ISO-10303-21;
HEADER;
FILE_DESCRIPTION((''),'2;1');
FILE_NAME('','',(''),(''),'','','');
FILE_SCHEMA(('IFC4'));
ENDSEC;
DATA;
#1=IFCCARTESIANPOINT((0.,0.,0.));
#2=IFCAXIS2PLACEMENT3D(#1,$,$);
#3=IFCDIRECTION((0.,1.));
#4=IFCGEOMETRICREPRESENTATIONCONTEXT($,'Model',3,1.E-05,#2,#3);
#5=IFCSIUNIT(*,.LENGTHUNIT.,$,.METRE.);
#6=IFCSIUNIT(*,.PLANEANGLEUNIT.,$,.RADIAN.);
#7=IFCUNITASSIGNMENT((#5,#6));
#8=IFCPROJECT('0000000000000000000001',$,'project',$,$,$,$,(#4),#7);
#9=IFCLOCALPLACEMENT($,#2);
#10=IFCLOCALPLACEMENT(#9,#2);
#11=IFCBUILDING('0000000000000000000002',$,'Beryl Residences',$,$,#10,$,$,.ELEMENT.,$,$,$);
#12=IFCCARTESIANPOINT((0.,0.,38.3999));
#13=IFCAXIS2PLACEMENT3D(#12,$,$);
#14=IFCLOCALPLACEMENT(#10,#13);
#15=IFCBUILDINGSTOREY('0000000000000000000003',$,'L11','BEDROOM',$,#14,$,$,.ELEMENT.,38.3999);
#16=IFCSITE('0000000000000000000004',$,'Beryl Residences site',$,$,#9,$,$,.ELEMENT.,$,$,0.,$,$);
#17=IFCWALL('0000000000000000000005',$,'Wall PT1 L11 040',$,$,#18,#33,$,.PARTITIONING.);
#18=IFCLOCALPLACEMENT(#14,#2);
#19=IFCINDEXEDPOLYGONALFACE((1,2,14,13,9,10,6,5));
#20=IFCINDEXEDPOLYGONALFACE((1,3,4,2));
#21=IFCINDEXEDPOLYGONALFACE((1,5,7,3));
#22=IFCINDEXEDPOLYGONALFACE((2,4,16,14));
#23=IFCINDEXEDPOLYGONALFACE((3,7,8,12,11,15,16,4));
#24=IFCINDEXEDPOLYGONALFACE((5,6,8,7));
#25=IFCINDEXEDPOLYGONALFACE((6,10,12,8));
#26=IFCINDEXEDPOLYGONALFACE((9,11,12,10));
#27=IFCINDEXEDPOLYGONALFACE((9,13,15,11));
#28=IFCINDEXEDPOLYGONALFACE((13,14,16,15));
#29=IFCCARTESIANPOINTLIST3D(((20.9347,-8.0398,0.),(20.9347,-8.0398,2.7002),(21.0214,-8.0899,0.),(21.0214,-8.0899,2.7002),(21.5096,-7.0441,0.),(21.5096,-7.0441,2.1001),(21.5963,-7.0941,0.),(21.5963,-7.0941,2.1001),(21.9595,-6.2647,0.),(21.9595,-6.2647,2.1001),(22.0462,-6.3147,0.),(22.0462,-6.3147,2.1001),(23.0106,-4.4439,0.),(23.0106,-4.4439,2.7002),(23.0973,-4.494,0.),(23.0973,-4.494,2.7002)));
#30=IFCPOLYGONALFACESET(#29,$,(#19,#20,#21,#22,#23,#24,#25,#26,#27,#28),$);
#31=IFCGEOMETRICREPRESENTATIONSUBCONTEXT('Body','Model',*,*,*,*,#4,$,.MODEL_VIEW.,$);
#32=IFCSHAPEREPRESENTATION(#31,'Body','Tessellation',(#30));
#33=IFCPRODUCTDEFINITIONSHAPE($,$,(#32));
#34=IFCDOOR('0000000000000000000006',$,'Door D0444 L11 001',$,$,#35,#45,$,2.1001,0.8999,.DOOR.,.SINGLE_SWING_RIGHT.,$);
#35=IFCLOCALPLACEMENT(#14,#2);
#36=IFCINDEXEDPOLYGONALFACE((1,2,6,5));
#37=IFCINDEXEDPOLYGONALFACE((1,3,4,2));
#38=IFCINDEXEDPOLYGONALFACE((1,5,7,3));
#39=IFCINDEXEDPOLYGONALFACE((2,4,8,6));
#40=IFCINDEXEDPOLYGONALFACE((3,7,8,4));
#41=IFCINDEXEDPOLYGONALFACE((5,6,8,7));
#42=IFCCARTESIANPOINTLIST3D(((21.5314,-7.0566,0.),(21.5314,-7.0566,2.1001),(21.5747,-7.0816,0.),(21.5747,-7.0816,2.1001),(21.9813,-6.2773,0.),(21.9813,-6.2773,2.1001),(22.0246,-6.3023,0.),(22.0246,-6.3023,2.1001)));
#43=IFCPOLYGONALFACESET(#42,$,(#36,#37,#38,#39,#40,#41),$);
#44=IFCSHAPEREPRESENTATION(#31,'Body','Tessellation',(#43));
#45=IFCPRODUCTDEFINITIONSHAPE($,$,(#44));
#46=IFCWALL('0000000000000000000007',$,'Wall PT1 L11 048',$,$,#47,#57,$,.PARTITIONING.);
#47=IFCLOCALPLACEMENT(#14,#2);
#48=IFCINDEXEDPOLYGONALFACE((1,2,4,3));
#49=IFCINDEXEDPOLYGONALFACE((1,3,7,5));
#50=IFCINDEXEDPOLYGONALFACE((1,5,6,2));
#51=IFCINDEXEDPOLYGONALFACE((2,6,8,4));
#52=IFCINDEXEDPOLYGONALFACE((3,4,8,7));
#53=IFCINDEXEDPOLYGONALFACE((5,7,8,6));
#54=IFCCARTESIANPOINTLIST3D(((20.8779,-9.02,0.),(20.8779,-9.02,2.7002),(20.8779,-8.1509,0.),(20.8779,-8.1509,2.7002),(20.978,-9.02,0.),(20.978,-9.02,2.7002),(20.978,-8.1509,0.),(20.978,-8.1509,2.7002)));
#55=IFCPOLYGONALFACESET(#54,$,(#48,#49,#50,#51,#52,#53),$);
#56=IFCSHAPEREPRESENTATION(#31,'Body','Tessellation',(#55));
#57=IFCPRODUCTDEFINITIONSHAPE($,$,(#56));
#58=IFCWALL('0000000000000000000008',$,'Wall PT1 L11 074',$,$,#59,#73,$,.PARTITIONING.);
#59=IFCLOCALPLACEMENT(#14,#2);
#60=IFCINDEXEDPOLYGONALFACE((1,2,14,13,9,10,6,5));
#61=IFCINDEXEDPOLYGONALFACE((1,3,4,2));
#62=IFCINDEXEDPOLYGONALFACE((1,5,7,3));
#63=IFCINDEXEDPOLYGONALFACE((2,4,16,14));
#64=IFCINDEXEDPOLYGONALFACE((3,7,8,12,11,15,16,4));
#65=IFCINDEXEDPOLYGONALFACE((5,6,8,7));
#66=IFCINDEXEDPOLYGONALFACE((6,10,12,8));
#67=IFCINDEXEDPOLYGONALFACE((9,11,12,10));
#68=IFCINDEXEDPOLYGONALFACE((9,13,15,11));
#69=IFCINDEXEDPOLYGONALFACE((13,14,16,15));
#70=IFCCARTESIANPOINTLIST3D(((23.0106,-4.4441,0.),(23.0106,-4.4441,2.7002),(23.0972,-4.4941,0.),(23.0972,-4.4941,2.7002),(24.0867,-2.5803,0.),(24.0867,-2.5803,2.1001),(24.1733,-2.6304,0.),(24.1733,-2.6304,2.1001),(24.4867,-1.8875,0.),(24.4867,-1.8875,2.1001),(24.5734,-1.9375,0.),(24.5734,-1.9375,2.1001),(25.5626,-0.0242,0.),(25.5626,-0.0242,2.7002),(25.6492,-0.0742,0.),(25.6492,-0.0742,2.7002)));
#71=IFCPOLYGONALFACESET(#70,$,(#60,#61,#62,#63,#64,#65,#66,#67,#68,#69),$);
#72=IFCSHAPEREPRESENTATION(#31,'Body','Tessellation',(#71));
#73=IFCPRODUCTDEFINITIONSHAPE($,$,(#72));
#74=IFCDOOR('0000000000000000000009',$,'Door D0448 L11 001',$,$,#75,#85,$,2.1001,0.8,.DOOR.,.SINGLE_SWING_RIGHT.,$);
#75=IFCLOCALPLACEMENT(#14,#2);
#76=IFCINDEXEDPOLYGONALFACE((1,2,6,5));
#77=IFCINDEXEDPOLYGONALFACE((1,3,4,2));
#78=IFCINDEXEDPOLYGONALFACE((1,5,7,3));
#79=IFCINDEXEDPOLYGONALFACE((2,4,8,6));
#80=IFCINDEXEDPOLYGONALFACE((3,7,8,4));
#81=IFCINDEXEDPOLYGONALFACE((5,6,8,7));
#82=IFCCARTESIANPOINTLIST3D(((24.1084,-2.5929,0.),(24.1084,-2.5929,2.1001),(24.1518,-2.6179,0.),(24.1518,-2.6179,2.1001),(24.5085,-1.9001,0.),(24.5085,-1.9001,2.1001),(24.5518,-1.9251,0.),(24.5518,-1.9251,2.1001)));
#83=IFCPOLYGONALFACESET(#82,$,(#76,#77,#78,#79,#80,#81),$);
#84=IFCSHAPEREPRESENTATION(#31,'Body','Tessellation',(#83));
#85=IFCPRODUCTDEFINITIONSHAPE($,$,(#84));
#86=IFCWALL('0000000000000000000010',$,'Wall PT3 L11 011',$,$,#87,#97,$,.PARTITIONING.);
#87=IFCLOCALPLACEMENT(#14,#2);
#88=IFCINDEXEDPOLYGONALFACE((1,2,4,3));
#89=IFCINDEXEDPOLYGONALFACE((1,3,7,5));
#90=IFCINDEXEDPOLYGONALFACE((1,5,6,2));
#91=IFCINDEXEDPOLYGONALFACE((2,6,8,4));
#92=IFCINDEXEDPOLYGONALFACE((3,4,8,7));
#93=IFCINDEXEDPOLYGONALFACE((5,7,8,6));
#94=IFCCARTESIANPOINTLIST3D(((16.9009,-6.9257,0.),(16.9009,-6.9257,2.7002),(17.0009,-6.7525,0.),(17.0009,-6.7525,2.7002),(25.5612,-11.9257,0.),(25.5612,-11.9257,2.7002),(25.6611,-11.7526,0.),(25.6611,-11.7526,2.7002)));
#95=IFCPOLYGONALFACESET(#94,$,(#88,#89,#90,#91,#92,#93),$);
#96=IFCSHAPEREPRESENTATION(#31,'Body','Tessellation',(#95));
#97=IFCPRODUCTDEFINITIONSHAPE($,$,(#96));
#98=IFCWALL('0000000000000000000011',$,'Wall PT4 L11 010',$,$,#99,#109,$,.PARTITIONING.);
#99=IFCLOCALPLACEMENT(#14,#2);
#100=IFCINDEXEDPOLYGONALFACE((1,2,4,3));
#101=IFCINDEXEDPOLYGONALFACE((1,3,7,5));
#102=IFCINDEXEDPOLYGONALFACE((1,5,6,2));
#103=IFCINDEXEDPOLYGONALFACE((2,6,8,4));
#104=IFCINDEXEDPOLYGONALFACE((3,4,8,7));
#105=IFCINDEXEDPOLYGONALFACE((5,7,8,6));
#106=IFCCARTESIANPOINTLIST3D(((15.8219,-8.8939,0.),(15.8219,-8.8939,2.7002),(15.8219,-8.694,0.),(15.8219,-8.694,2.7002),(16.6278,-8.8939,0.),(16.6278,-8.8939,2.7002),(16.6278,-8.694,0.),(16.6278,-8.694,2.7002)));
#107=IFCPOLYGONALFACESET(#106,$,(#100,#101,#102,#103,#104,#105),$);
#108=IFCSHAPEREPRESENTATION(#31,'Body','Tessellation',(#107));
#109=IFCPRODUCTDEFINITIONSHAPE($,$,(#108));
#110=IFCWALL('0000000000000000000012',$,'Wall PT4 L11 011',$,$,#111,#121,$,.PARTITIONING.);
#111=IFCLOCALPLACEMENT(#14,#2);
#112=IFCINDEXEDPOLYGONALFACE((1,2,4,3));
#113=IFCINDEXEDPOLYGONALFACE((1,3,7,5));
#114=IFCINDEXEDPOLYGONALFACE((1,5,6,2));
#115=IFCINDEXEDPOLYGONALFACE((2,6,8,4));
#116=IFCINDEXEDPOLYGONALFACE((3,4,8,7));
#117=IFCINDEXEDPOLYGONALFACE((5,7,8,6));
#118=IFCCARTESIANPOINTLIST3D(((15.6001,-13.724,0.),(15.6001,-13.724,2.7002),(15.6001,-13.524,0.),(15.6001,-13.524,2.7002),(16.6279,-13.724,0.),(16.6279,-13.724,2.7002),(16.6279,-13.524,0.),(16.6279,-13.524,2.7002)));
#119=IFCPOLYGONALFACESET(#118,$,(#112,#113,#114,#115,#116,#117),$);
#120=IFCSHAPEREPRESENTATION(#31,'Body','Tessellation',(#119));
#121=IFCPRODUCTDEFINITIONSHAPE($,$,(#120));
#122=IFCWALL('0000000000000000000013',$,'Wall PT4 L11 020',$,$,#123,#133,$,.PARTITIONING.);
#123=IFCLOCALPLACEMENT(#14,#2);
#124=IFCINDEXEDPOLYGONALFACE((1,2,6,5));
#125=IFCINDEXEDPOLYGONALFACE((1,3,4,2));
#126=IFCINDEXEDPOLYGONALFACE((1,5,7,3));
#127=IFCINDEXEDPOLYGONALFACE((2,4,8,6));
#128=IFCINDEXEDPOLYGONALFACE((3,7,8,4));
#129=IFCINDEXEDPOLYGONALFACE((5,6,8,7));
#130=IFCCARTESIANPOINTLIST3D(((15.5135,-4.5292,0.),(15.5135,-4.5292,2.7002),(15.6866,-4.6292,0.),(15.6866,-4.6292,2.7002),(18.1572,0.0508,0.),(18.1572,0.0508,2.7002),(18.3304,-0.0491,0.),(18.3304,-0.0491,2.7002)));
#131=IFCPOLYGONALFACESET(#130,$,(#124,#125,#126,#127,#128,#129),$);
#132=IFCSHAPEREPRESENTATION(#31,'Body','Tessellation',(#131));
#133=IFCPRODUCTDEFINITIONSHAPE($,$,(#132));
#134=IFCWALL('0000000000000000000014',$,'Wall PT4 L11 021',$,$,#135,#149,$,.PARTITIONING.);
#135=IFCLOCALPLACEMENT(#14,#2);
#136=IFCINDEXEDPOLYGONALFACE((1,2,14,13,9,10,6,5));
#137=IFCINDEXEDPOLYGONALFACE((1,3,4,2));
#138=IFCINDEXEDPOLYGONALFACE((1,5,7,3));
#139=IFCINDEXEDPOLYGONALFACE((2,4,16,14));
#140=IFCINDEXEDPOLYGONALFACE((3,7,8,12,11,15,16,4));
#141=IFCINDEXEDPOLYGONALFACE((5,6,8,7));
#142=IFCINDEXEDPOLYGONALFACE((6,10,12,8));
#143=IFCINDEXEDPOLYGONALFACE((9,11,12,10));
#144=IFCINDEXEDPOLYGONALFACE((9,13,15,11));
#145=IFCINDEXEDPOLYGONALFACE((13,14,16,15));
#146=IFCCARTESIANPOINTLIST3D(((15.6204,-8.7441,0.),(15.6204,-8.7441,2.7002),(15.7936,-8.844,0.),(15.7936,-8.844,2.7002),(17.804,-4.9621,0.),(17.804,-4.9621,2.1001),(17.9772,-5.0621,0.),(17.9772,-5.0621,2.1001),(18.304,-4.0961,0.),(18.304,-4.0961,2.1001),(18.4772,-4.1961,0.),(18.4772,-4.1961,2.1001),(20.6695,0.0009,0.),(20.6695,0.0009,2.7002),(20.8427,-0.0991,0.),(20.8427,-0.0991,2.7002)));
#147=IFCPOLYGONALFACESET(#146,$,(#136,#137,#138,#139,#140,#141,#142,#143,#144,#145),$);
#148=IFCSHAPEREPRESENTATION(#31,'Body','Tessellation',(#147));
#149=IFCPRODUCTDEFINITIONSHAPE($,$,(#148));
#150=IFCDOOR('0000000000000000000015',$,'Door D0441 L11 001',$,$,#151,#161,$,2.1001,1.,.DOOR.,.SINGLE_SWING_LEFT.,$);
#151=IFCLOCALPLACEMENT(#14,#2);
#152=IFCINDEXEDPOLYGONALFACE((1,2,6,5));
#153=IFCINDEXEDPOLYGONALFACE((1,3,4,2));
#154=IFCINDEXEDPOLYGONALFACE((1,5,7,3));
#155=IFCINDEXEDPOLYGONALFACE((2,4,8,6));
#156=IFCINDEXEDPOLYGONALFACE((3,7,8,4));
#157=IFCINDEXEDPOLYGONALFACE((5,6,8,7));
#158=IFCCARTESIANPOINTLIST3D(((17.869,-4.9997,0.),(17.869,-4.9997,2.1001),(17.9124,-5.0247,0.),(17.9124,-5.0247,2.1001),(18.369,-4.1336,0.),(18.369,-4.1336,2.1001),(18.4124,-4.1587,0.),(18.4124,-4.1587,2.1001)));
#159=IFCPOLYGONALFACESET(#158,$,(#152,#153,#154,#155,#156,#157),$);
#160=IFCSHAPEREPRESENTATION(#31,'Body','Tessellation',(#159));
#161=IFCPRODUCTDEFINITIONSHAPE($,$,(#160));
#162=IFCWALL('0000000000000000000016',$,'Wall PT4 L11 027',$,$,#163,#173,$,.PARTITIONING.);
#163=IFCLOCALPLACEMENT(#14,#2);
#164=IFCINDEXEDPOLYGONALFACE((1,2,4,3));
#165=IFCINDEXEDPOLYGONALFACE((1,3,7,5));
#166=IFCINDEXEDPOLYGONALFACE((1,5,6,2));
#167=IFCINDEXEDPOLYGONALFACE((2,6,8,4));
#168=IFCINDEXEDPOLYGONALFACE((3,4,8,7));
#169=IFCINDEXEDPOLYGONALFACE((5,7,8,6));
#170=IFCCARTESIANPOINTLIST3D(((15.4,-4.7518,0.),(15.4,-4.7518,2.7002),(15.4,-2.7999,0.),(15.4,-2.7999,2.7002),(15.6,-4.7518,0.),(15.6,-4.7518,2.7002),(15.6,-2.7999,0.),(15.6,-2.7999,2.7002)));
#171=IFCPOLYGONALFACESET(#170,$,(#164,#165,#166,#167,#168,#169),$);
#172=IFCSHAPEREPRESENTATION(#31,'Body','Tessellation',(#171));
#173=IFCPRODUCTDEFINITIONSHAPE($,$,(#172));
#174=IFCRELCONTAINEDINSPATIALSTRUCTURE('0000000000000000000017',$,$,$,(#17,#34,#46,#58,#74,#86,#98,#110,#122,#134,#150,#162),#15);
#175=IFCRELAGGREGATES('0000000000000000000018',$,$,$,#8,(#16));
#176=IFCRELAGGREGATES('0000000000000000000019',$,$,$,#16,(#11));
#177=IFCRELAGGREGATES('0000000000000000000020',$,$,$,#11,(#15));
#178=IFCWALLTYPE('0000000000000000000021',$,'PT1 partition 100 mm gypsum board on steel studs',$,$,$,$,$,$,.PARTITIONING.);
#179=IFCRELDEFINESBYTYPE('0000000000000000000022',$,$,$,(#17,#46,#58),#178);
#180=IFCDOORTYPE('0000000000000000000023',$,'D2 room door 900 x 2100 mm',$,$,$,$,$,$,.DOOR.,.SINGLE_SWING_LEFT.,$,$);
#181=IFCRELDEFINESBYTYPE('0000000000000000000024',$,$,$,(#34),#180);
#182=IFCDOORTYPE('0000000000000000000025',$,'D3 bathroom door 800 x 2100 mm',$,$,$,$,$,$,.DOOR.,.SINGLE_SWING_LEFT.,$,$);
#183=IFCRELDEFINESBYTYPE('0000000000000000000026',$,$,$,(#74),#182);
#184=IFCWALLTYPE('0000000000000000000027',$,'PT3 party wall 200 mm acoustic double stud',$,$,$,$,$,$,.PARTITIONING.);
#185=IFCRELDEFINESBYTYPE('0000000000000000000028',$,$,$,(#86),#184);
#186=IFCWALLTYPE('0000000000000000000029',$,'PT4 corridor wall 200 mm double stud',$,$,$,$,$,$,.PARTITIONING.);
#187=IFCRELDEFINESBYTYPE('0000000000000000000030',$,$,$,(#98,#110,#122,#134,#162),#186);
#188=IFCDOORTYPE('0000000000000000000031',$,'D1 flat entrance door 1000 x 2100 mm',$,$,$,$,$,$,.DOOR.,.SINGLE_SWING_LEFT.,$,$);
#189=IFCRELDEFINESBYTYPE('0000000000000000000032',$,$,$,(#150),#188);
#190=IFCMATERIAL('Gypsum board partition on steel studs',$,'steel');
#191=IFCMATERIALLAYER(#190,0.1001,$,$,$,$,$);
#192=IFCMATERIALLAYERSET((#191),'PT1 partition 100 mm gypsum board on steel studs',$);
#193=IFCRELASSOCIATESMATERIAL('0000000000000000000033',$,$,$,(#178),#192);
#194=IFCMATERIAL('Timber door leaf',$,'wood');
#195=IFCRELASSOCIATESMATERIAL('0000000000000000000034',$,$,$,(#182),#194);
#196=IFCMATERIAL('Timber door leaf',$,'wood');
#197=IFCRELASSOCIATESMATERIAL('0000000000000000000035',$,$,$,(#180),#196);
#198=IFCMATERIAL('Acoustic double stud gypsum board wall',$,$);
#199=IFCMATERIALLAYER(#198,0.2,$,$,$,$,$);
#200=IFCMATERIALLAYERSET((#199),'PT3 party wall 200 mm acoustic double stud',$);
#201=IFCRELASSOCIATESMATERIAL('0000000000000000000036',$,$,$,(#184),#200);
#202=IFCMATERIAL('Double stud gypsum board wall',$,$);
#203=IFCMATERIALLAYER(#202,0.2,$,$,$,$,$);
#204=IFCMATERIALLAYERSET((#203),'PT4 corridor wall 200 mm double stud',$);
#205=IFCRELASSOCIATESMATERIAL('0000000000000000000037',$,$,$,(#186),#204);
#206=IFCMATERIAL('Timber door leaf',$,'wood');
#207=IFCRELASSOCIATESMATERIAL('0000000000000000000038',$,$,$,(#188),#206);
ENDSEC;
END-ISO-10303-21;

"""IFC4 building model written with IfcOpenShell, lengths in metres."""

from ifc_helpers import new_model, si_unit, direction, frame, frame_2d, origin, place, context, subcontext, project, spatial, rectangle, extrude, material, layer, layer_set, type_object, element, fill, save


model = new_model("IFC4")

# Units and contexts
model_context = context("Model", 3, precision=1e-05, world=origin(), true_north=direction((0.0, 1.0)))
body_context = subcontext(model_context, "Body", "Model", "MODEL_VIEW")
ifc_project = project(units=[si_unit("LENGTHUNIT", "METRE"), si_unit("PLANEANGLEUNIT", "RADIAN")], contexts=[model_context])

# Site, building, storey
site_placement = place(None, origin())
site = spatial("IfcSite", under=ifc_project, at=site_placement, Name="Beryl Residences site", CompositionType="ELEMENT", RefElevation=0.0)
building_placement = place(site_placement, origin())
building = spatial("IfcBuilding", under=site, at=building_placement, Name="Beryl Residences", CompositionType="ELEMENT")
storey_placement = place(building_placement, frame((0.0, 0.0, 38.3999)))
storey = spatial("IfcBuildingStorey", under=building, at=storey_placement, Name="L11", Description="BEDROOM", CompositionType="ELEMENT", Elevation=38.3999)

# Shared definitions
ifc_material_1 = material(Name="Gypsum board partition on steel studs", Category="steel")
ifc_layer_1 = layer(ifc_material_1, 0.1001)
ifc_layer_set_1 = layer_set([ifc_layer_1], Name="PT1 partition 100 mm gypsum board on steel studs")
wall_type_1 = type_object("IfcWallType", Name="PT1 partition 100 mm gypsum board on steel studs", PredefinedType="PARTITIONING", material=ifc_layer_set_1)

# Wall, opening, door
ifc_material_2 = material(Name="Timber door leaf", Category="wood")
door_type_1 = type_object("IfcDoorType", Name="D3 bathroom door 800 x 2100 mm", OperationType="SINGLE_SWING_LEFT", PredefinedType="DOOR", material=ifc_material_2)
ifc_material_3 = material(Name="Timber door leaf", Category="wood")
door_type_2 = type_object("IfcDoorType", Name="D2 room door 900 x 2100 mm", OperationType="SINGLE_SWING_LEFT", PredefinedType="DOOR", material=ifc_material_3)
wall_1_placement = place(storey_placement, frame((20.978, -8.0649, 0.0), z_axis=(0.0, 0.0, 1.0), x_axis=(0.499965, 0.866046, 0.0)))
wall_1 = element("IfcWall", 1, at=wall_1_placement, inside=storey, type_object=wall_type_1, Name="Wall PT1 L11 040", PredefinedType="PARTITIONING", context=body_context, shape_type="SweptSolid", body=[
    extrude(rectangle(XDim=4.1521, YDim=0.1001, at=frame_2d((2.0762, 0.0))), origin(), (0.0, 0.0, 1.0), 2.7002),
])
opening_1_placement = place(wall_1_placement, frame((1.1499, 0.0, 0.0)))
opening_1 = element("IfcOpeningElement", 2, at=opening_1_placement, cuts=wall_1, PredefinedType="OPENING", context=body_context, shape_type="SweptSolid", body=[
    extrude(rectangle(XDim=0.8999, YDim=2.1001, at=frame_2d((0.45, 1.05))), frame((0.0, 0.0601, 0.0), z_axis=(0.0, -1.0, 0.0), x_axis=(1.0, 0.0, 0.0)), (0.0, 0.0, 1.0), 0.1201),
])
door_1_placement = place(opening_1_placement, origin())
door_1 = element("IfcDoor", 3, at=door_1_placement, inside=storey, type_object=door_type_2, Name="Door D0444 L11 001", OperationType="SINGLE_SWING_RIGHT", OverallHeight=2.1001, OverallWidth=0.8999, PredefinedType="DOOR", context=body_context, shape_type="SweptSolid", body=[
    extrude(rectangle(XDim=0.8999, YDim=2.1001, at=frame_2d((0.45, 1.05))), frame((0.0, 0.0249, 0.0), z_axis=(0.0, -1.0, 0.0), x_axis=(1.0, 0.0, 0.0)), (0.0, 0.0, 1.0), 0.05),
])
fill(opening_1, door_1)

# Wall
wall_2_placement = place(storey_placement, frame((20.928, -9.02, 0.0), z_axis=(0.0, 0.0, 1.0), x_axis=(0.0, 1.0, 0.0)))
element("IfcWall", 4, at=wall_2_placement, inside=storey, type_object=wall_type_1, Name="Wall PT1 L11 048", PredefinedType="PARTITIONING", context=body_context, shape_type="SweptSolid", body=[
    extrude(rectangle(XDim=0.8691, YDim=0.1001, at=frame_2d((0.4346, 0.0))), origin(), (0.0, 0.0, 1.0), 2.7002),
])

# Wall, opening, door
wall_3_placement = place(storey_placement, frame((23.054, -4.469, 0.0), z_axis=(0.0, 0.0, 1.0), x_axis=(0.500023, 0.866012, 0.0)))
wall_3 = element("IfcWall", 5, at=wall_3_placement, inside=storey, type_object=wall_type_1, Name="Wall PT1 L11 074", PredefinedType="PARTITIONING", context=body_context, shape_type="SweptSolid", body=[
    extrude(rectangle(XDim=5.1038, YDim=0.1001, at=frame_2d((2.5518, 0.0))), origin(), (0.0, 0.0, 1.0), 2.7002),
])
opening_2_placement = place(wall_3_placement, frame((2.1521, 0.0, 0.0)))
opening_2 = element("IfcOpeningElement", 6, at=opening_2_placement, cuts=wall_3, PredefinedType="OPENING", context=body_context, shape_type="SweptSolid", body=[
    extrude(rectangle(XDim=0.8, YDim=2.1001, at=frame_2d((0.3999, 1.05))), frame((0.0, 0.0601, 0.0), z_axis=(0.0, -1.0, 0.0), x_axis=(1.0, 0.0, 0.0)), (0.0, 0.0, 1.0), 0.1201),
])
door_2_placement = place(opening_2_placement, origin())
door_2 = element("IfcDoor", 7, at=door_2_placement, inside=storey, type_object=door_type_1, Name="Door D0448 L11 001", OperationType="SINGLE_SWING_RIGHT", OverallHeight=2.1001, OverallWidth=0.8, PredefinedType="DOOR", context=body_context, shape_type="SweptSolid", body=[
    extrude(rectangle(XDim=0.8, YDim=2.1001, at=frame_2d((0.3999, 1.05))), frame((0.0, 0.0249, 0.0), z_axis=(0.0, -1.0, 0.0), x_axis=(1.0, 0.0, 0.0)), (0.0, 0.0, 1.0), 0.05),
])
fill(opening_2, door_2)

# Walls
ifc_material_4 = material(Name="Acoustic double stud gypsum board wall")
ifc_layer_2 = layer(ifc_material_4, 0.2)
ifc_layer_set_2 = layer_set([ifc_layer_2], Name="PT3 party wall 200 mm acoustic double stud")
wall_type_2 = type_object("IfcWallType", Name="PT3 party wall 200 mm acoustic double stud", PredefinedType="PARTITIONING", material=ifc_layer_set_2)
wall_4_placement = place(storey_placement, frame((16.9509, -6.8391, 0.0), z_axis=(0.0, 0.0, 1.0), x_axis=(0.866023, -0.500004, 0.0)))
element("IfcWall", 8, at=wall_4_placement, inside=storey, type_object=wall_type_2, Name="Wall PT3 L11 011", PredefinedType="PARTITIONING", context=body_context, shape_type="SweptSolid", body=[
    extrude(rectangle(XDim=10.0, YDim=0.2, at=frame_2d((5.0, 0.0))), origin(), (0.0, 0.0, 1.0), 2.7002),
])
ifc_material_5 = material(Name="Double stud gypsum board wall")
ifc_layer_3 = layer(ifc_material_5, 0.2)
ifc_layer_set_3 = layer_set([ifc_layer_3], Name="PT4 corridor wall 200 mm double stud")
wall_type_3 = type_object("IfcWallType", Name="PT4 corridor wall 200 mm double stud", PredefinedType="PARTITIONING", material=ifc_layer_set_3)
wall_5_placement = place(storey_placement, frame((15.822, -8.7939, 0.0), z_axis=(0.0, 0.0, 1.0), x_axis=(1.0, 0.0, 0.0)))
element("IfcWall", 9, at=wall_5_placement, inside=storey, type_object=wall_type_3, Name="Wall PT4 L11 010", PredefinedType="PARTITIONING", context=body_context, shape_type="SweptSolid", body=[
    extrude(rectangle(XDim=0.8059, YDim=0.2, at=frame_2d((0.4028, 0.0))), origin(), (0.0, 0.0, 1.0), 2.7002),
])
wall_6_placement = place(storey_placement, frame((15.6001, -13.624, 0.0), z_axis=(0.0, 0.0, 1.0), x_axis=(1.0, 0.0, 0.0)))
element("IfcWall", 10, at=wall_6_placement, inside=storey, type_object=wall_type_3, Name="Wall PT4 L11 011", PredefinedType="PARTITIONING", context=body_context, shape_type="SweptSolid", body=[
    extrude(rectangle(XDim=1.0278, YDim=0.2, at=frame_2d((0.5139, 0.0))), origin(), (0.0, 0.0, 1.0), 2.7002),
])
wall_7_placement = place(storey_placement, frame((15.6001, -4.5791, 0.0), z_axis=(0.0, 0.0, 1.0), x_axis=(0.499928, 0.866067, 0.0)))
element("IfcWall", 11, at=wall_7_placement, inside=storey, type_object=wall_type_3, Name="Wall PT4 L11 020", PredefinedType="PARTITIONING", context=body_context, shape_type="SweptSolid", body=[
    extrude(rectangle(XDim=5.2883, YDim=0.2, at=frame_2d((2.644, 0.0))), origin(), (0.0, 0.0, 1.0), 2.7002),
])

# Wall, opening, door
wall_8_placement = place(storey_placement, frame((15.707, -8.7939, 0.0), z_axis=(0.0, 0.0, 1.0), x_axis=(0.500016, 0.866016, 0.0)))
wall_8 = element("IfcWall", 12, at=wall_8_placement, inside=storey, type_object=wall_type_3, Name="Wall PT4 L11 021", PredefinedType="PARTITIONING", context=body_context, shape_type="SweptSolid", body=[
    extrude(rectangle(XDim=10.0979, YDim=0.2, at=frame_2d((5.0488, 0.0))), origin(), (0.0, 0.0, 1.0), 2.7002),
])
opening_3_placement = place(wall_8_placement, frame((4.3669, 0.0, 0.0)))
opening_3 = element("IfcOpeningElement", 13, at=opening_3_placement, cuts=wall_8, PredefinedType="OPENING", context=body_context, shape_type="SweptSolid", body=[
    extrude(rectangle(XDim=1.0, YDim=2.1001, at=frame_2d((0.5, 1.05))), frame((0.0, 0.1099, 0.0), z_axis=(0.0, -1.0, 0.0), x_axis=(1.0, 0.0, 0.0)), (0.0, 0.0, 1.0), 0.22),
])
ifc_material_6 = material(Name="Timber door leaf", Category="wood")
door_type_3 = type_object("IfcDoorType", Name="D1 flat entrance door 1000 x 2100 mm", OperationType="SINGLE_SWING_LEFT", PredefinedType="DOOR", material=ifc_material_6)
door_3_placement = place(opening_3_placement, origin())
door_3 = element("IfcDoor", 14, at=door_3_placement, inside=storey, type_object=door_type_3, Name="Door D0441 L11 001", OperationType="SINGLE_SWING_LEFT", OverallHeight=2.1001, OverallWidth=1.0, PredefinedType="DOOR", context=body_context, shape_type="SweptSolid", body=[
    extrude(rectangle(XDim=1.0, YDim=2.1001, at=frame_2d((0.5, 1.05))), frame((0.0, 0.0249, 0.0), z_axis=(0.0, -1.0, 0.0), x_axis=(1.0, 0.0, 0.0)), (0.0, 0.0, 1.0), 0.05),
])
fill(opening_3, door_3)

# Wall
wall_9_placement = place(storey_placement, frame((15.5, -4.752, 0.0), z_axis=(0.0, 0.0, 1.0), x_axis=(0.0, 1.0, 0.0)))
element("IfcWall", 15, at=wall_9_placement, inside=storey, type_object=wall_type_3, Name="Wall PT4 L11 027", PredefinedType="PARTITIONING", context=body_context, shape_type="SweptSolid", body=[
    extrude(rectangle(XDim=1.9519, YDim=0.2, at=frame_2d((0.9761, 0.0))), origin(), (0.0, 0.0, 1.0), 2.7002),
])

save(model, "model.ifc")
